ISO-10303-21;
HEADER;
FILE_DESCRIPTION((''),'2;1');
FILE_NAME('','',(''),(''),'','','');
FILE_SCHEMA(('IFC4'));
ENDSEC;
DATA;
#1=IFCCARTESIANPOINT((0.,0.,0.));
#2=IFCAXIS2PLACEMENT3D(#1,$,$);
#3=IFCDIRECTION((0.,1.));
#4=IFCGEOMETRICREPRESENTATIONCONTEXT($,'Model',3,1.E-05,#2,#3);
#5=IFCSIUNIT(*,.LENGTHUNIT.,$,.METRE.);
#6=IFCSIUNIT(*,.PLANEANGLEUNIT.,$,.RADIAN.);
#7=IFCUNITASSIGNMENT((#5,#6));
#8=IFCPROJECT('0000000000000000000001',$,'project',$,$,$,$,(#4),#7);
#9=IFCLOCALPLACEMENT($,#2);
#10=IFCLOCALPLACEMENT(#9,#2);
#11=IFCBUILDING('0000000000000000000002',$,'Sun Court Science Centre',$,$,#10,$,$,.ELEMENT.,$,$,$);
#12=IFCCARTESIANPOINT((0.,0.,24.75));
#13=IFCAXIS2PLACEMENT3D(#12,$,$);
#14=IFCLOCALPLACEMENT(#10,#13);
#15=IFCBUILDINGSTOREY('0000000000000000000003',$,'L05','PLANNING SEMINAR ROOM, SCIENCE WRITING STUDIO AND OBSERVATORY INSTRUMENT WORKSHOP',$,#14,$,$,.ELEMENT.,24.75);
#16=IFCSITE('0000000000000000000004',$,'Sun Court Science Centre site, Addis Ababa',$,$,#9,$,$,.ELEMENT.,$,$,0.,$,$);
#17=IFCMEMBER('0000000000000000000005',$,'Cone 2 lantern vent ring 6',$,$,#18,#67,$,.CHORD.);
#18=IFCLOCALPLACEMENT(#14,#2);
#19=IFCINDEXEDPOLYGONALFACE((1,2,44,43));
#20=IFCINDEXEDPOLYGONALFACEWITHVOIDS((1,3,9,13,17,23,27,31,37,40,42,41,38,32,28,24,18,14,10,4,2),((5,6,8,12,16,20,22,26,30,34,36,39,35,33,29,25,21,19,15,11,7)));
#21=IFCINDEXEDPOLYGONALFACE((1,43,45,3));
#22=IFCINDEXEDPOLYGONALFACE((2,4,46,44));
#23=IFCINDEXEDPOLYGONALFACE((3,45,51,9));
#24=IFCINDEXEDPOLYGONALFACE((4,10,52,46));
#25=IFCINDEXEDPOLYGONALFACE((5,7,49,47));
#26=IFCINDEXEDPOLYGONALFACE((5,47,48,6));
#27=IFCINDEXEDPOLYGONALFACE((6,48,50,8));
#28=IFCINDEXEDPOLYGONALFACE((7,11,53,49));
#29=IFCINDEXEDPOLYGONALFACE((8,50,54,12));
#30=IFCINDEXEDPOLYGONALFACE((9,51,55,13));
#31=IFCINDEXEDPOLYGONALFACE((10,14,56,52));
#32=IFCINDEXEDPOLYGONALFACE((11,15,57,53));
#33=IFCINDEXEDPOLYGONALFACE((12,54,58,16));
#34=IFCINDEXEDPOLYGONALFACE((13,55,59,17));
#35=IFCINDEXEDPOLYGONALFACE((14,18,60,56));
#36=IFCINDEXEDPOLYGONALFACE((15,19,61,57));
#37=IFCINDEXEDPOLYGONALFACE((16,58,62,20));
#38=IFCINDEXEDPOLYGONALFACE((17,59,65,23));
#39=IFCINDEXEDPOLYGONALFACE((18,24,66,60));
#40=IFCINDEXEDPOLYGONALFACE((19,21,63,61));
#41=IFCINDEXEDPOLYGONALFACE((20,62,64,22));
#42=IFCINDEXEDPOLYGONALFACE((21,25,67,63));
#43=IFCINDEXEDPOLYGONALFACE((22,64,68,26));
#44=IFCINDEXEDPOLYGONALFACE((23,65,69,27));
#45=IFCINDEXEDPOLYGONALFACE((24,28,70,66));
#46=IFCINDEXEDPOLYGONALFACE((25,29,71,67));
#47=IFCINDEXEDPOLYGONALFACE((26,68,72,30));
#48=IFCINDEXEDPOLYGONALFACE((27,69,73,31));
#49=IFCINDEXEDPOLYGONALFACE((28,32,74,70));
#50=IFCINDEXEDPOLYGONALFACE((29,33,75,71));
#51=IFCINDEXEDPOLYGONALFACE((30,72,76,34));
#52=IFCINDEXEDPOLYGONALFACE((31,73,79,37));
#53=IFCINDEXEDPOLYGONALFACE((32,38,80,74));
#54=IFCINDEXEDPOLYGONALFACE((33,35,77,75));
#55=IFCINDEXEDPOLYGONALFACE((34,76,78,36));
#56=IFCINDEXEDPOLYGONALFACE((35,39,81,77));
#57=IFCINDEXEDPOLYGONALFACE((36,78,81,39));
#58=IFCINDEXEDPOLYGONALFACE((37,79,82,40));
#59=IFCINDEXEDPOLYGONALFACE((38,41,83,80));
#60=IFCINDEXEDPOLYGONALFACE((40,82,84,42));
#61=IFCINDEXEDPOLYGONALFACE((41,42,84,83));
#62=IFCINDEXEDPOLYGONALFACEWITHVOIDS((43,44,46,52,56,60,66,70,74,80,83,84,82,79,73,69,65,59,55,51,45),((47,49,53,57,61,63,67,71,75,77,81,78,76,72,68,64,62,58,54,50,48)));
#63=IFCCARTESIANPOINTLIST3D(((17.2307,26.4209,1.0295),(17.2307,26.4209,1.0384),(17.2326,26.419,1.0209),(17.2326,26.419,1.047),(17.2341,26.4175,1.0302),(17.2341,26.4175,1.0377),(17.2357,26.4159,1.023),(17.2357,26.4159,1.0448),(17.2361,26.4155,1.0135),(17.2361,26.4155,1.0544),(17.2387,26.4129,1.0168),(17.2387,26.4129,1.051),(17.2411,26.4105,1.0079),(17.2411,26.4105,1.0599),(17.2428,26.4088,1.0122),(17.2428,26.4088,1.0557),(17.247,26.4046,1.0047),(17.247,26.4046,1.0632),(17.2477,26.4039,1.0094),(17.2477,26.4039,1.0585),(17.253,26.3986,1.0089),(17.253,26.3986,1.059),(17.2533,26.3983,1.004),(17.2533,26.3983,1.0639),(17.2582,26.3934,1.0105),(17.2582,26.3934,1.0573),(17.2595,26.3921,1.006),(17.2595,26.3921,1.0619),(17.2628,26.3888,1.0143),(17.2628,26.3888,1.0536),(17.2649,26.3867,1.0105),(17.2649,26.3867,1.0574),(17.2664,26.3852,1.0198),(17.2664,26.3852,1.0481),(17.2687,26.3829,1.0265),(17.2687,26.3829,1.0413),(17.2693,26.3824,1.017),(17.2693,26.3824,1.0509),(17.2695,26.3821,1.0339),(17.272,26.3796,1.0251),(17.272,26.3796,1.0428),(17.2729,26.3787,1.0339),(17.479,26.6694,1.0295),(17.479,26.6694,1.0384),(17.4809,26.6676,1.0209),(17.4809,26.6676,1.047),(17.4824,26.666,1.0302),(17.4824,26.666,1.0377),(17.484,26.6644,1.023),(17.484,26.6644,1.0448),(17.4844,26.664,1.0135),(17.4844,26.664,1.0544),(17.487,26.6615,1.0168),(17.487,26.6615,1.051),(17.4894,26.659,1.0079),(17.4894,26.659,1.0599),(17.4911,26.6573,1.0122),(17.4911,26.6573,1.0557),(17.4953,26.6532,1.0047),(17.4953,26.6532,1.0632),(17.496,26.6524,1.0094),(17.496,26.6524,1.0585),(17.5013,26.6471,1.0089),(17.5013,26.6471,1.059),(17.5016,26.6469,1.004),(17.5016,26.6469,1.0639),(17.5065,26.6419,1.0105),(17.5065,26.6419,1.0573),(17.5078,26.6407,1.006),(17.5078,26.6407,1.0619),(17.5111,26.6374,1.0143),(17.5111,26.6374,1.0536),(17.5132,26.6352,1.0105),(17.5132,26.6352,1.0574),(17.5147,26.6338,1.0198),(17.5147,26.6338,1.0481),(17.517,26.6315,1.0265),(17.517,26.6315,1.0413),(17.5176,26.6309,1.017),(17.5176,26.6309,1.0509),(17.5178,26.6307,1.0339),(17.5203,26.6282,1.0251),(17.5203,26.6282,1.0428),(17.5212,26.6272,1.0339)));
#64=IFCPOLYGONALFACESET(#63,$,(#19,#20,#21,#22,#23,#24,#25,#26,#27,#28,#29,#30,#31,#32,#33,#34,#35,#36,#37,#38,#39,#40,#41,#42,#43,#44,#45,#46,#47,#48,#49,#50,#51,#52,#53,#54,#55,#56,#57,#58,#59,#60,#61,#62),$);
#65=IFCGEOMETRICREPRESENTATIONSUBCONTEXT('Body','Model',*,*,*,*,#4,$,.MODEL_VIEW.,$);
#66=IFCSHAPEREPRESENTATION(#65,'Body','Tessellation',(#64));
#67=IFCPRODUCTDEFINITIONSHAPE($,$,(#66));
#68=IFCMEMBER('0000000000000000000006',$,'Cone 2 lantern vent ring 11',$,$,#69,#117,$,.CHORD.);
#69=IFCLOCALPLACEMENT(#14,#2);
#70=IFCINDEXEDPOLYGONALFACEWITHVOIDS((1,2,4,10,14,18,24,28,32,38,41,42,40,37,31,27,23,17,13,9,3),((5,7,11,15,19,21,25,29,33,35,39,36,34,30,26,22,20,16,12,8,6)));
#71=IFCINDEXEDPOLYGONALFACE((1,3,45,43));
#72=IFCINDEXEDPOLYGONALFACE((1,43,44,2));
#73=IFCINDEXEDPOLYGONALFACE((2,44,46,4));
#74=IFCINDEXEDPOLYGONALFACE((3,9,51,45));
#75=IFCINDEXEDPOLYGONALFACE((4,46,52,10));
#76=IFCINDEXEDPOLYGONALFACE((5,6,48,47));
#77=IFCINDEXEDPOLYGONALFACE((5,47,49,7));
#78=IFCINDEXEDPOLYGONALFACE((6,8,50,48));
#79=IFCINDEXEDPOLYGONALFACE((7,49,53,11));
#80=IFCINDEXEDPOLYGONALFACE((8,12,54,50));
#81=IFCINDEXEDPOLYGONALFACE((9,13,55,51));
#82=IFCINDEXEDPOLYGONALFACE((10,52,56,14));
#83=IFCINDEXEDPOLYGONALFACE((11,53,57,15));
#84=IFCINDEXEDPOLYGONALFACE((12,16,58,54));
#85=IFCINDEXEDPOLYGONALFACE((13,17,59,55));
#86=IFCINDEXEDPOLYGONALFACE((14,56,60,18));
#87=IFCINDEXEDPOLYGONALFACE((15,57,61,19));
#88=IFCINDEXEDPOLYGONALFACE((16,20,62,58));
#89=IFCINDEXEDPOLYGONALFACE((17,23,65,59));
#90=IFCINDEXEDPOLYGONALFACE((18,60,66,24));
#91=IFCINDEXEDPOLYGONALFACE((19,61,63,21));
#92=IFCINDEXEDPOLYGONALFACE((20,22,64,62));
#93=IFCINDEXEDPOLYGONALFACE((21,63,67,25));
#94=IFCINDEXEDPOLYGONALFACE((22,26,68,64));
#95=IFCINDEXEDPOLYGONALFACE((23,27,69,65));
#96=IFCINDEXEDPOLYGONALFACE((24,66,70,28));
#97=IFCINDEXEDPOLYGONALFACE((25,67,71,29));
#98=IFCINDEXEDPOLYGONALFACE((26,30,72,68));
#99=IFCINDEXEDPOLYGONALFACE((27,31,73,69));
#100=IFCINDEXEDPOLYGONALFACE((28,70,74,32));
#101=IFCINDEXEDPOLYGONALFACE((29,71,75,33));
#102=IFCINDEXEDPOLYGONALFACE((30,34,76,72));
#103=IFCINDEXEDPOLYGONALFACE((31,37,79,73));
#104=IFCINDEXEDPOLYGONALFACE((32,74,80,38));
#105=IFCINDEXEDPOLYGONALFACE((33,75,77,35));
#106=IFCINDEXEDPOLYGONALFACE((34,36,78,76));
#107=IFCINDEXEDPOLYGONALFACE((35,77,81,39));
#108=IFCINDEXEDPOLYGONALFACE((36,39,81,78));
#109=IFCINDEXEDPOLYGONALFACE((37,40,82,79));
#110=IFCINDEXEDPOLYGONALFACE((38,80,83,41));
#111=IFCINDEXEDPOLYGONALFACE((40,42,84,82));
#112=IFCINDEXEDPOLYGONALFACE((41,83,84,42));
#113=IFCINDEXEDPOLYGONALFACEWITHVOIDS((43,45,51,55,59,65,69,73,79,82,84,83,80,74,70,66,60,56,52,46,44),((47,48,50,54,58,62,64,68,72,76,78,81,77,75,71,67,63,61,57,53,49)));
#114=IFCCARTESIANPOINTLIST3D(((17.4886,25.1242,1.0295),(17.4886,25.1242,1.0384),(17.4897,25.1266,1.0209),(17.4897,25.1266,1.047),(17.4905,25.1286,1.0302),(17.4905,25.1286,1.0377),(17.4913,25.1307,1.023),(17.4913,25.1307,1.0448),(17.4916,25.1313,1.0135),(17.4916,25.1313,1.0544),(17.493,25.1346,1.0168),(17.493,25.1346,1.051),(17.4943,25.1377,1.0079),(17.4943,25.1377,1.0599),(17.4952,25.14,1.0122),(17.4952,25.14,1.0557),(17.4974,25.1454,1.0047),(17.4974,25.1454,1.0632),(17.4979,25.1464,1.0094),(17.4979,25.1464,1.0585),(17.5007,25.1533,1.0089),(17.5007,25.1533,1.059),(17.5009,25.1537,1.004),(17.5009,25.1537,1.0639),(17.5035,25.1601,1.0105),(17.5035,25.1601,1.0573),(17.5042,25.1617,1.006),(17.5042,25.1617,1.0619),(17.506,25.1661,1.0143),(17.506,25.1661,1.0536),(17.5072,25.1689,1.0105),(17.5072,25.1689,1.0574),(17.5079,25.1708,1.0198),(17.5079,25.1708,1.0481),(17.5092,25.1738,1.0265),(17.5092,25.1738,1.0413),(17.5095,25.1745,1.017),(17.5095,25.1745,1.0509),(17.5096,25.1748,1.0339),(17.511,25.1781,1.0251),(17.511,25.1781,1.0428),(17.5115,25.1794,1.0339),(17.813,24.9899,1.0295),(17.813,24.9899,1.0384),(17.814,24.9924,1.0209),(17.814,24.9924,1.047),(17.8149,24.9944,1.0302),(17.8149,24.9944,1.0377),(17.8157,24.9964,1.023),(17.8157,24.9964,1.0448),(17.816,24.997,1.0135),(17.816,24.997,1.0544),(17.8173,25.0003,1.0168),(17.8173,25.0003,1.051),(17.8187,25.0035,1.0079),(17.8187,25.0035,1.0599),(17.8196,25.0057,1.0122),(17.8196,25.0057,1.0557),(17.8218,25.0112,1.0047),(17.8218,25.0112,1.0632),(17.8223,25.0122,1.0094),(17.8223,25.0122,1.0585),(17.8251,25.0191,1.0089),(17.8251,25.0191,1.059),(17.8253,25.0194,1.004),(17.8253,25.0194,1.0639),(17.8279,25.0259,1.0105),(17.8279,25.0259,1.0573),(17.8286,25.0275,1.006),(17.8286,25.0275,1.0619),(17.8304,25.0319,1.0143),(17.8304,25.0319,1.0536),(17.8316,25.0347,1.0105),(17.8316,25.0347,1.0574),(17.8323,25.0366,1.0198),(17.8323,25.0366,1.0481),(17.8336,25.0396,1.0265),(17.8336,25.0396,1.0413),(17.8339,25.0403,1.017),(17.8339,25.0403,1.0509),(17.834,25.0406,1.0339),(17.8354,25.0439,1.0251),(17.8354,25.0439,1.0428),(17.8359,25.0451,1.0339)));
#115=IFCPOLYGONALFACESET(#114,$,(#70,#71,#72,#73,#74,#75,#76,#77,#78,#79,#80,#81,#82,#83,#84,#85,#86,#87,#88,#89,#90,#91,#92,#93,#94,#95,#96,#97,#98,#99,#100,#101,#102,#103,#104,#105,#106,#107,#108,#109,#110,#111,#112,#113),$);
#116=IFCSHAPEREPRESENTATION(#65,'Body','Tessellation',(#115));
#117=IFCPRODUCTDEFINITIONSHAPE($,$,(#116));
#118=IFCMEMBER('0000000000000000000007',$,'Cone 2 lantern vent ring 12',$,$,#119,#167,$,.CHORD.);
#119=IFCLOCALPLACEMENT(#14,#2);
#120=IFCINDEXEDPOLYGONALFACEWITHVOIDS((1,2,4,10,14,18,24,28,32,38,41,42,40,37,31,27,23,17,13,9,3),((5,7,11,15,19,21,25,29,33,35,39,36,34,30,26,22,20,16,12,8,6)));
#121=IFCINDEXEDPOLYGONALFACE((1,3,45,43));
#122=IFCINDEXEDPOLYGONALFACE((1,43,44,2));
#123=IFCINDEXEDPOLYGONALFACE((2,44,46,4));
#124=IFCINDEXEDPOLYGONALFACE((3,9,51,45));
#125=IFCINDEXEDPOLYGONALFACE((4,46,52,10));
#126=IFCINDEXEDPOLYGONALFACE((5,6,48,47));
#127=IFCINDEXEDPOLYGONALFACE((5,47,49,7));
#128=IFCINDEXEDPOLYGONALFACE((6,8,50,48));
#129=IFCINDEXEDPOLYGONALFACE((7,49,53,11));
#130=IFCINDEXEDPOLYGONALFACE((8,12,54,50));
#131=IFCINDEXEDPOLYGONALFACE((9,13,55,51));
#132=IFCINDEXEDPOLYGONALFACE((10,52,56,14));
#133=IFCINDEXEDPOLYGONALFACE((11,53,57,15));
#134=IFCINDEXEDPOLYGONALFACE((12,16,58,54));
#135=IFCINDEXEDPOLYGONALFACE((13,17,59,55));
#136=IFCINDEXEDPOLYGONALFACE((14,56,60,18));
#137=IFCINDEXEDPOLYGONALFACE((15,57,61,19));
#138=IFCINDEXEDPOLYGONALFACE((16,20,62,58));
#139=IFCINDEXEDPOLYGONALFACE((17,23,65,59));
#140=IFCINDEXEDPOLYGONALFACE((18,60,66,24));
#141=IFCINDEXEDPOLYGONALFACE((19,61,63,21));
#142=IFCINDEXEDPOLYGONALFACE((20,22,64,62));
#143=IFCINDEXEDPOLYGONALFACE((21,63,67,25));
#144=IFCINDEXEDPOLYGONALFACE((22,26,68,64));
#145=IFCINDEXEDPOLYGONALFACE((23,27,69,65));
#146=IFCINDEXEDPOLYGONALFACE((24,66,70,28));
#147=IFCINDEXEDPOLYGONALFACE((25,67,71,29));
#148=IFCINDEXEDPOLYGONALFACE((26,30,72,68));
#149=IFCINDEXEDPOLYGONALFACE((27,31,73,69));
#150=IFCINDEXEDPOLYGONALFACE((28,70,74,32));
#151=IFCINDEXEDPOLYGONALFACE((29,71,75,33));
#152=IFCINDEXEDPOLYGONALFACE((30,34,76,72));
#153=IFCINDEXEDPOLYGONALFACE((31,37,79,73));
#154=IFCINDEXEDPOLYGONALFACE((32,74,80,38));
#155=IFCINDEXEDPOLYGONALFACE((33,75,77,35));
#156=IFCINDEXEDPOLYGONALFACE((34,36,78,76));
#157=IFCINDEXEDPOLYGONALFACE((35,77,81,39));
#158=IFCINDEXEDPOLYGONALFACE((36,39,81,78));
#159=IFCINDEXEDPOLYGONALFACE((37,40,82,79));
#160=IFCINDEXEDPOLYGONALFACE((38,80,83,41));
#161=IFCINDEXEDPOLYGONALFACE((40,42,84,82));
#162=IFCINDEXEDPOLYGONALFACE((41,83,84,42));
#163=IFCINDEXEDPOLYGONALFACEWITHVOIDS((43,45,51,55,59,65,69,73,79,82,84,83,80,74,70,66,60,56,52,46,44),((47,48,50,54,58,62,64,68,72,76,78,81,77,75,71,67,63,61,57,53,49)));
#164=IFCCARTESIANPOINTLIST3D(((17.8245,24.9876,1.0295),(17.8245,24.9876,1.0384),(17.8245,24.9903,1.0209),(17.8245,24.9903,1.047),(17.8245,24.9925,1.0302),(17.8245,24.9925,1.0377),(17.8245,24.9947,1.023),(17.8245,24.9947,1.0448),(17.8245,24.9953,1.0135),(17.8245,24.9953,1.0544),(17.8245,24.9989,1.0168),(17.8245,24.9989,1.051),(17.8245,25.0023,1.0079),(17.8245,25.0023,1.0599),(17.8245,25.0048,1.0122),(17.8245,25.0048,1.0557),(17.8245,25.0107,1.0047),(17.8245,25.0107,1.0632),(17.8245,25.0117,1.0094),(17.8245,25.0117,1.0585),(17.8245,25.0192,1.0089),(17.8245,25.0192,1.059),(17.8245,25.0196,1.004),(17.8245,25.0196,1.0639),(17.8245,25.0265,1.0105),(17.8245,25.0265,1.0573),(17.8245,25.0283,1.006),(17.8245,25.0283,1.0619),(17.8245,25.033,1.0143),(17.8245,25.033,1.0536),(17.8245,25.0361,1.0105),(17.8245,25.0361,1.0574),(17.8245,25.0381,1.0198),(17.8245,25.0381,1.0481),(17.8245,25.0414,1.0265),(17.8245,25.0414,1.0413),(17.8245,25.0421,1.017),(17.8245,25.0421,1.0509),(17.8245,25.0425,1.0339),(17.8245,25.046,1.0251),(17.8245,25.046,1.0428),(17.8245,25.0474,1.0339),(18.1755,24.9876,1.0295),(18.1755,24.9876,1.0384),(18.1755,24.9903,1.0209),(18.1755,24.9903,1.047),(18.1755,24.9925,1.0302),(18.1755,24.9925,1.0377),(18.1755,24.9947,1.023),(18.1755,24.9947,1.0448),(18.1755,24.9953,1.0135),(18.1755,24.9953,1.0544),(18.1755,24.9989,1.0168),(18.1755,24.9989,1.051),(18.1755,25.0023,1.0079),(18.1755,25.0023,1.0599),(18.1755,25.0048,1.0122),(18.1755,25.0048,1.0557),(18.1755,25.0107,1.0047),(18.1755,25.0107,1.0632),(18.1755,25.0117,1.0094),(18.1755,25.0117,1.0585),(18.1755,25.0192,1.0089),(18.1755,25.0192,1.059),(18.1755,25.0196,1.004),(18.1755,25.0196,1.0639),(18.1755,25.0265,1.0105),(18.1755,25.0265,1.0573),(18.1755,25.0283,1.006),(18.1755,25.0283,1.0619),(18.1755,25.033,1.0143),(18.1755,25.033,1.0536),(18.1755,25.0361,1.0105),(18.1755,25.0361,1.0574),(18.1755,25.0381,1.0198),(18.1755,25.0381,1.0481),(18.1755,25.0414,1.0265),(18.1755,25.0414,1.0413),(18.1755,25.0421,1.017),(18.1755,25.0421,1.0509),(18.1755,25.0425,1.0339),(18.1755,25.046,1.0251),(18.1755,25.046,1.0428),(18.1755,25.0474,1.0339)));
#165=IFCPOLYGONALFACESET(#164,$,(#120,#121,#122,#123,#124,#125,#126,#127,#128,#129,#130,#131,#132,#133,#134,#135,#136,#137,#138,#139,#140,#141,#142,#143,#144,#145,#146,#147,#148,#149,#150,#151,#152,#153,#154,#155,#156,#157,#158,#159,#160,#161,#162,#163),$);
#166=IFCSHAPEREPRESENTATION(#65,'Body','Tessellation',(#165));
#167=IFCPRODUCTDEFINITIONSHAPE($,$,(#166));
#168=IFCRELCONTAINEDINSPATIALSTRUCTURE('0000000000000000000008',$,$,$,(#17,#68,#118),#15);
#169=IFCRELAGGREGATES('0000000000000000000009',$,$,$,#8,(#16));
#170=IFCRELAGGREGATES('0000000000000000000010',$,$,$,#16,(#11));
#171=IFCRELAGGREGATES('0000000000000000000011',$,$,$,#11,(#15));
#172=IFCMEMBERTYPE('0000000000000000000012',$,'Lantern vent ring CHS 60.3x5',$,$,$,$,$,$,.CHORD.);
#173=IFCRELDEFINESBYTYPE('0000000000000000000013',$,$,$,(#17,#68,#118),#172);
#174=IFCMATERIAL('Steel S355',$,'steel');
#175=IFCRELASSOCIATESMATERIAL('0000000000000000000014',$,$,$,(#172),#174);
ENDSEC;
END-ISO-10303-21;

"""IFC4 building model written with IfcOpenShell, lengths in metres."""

from ifc_helpers import new_model, si_unit, direction, frame, origin, origin_2d, place, context, subcontext, project, spatial, hollow_circle, extrude, material, material_profile, profile_set, type_object, element, save


model = new_model("IFC4")

# Units and contexts
model_context = context("Model", 3, precision=1e-05, world=origin(), true_north=direction((0.0, 1.0)))
body_context = subcontext(model_context, "Body", "Model", "MODEL_VIEW")
ifc_project = project(units=[si_unit("LENGTHUNIT", "METRE"), si_unit("PLANEANGLEUNIT", "RADIAN")], contexts=[model_context])

# Site, building, storey
site_placement = place(None, origin())
site = spatial("IfcSite", under=ifc_project, at=site_placement, Name="Sun Court Science Centre site, Addis Ababa", CompositionType="ELEMENT", RefElevation=0.0)
building_placement = place(site_placement, origin())
building = spatial("IfcBuilding", under=site, at=building_placement, Name="Sun Court Science Centre", CompositionType="ELEMENT")
storey_placement = place(building_placement, frame((0.0, 0.0, 24.75)))
storey = spatial("IfcBuildingStorey", under=building, at=storey_placement, Name="L05", Description="PLANNING SEMINAR ROOM, SCIENCE WRITING STUDIO AND OBSERVATORY INSTRUMENT WORKSHOP", CompositionType="ELEMENT", Elevation=24.75)

# Members
ifc_material_1 = material(Name="Steel S355", Category="steel")
ifc_material_profile_1 = material_profile(ifc_material_1, hollow_circle(Radius=0.03, WallThickness=0.0049, at=origin_2d()), Name="CHS 60.3x5")
ifc_profile_set_1 = profile_set([ifc_material_profile_1], Name="Steel S355")
member_type_1 = type_object("IfcMemberType", Name="Lantern vent ring CHS 60.3x5", PredefinedType="CHORD", material=ifc_profile_set_1)
member_1_placement = place(storey_placement, frame((17.5, 26.6484, 1.0339), z_axis=(-0.706759, -0.707454, 0.0), x_axis=(0.707454, -0.706759, 0.0)))
element("IfcMember", 1, at=member_1_placement, inside=storey, type_object=member_type_1, Name="Cone 2 lantern vent ring 6", PredefinedType="CHORD", context=body_context, shape_type="SweptSolid", body=[
    extrude(hollow_circle(Radius=0.03, WallThickness=0.0049, at=origin_2d()), origin(), (0.0, 0.0, 1.0), 0.3513),
])
for number, where, z_axis, x_axis, name in (
    (2, (17.5, 25.1516, 1.0339), (0.924, -0.382393, 0.0), (0.382393, 0.924, 0.0), "Cone 2 lantern vent ring 11"),
    (3, (17.8245, 25.0173, 1.0339), (1.0, 0.0, 0.0), (0.0, 1.0, 0.0), "Cone 2 lantern vent ring 12"),
):
    element("IfcMember", number, at=place(storey_placement, frame(where, z_axis=z_axis, x_axis=x_axis)), inside=storey, type_object=member_type_1, Name=name, PredefinedType="CHORD", context=body_context, shape_type="SweptSolid", body=[
        extrude(hollow_circle(Radius=0.03, WallThickness=0.0049, at=origin_2d()), origin(), (0.0, 0.0, 1.0), 0.3511),
    ])

save(model, "model.ifc")
